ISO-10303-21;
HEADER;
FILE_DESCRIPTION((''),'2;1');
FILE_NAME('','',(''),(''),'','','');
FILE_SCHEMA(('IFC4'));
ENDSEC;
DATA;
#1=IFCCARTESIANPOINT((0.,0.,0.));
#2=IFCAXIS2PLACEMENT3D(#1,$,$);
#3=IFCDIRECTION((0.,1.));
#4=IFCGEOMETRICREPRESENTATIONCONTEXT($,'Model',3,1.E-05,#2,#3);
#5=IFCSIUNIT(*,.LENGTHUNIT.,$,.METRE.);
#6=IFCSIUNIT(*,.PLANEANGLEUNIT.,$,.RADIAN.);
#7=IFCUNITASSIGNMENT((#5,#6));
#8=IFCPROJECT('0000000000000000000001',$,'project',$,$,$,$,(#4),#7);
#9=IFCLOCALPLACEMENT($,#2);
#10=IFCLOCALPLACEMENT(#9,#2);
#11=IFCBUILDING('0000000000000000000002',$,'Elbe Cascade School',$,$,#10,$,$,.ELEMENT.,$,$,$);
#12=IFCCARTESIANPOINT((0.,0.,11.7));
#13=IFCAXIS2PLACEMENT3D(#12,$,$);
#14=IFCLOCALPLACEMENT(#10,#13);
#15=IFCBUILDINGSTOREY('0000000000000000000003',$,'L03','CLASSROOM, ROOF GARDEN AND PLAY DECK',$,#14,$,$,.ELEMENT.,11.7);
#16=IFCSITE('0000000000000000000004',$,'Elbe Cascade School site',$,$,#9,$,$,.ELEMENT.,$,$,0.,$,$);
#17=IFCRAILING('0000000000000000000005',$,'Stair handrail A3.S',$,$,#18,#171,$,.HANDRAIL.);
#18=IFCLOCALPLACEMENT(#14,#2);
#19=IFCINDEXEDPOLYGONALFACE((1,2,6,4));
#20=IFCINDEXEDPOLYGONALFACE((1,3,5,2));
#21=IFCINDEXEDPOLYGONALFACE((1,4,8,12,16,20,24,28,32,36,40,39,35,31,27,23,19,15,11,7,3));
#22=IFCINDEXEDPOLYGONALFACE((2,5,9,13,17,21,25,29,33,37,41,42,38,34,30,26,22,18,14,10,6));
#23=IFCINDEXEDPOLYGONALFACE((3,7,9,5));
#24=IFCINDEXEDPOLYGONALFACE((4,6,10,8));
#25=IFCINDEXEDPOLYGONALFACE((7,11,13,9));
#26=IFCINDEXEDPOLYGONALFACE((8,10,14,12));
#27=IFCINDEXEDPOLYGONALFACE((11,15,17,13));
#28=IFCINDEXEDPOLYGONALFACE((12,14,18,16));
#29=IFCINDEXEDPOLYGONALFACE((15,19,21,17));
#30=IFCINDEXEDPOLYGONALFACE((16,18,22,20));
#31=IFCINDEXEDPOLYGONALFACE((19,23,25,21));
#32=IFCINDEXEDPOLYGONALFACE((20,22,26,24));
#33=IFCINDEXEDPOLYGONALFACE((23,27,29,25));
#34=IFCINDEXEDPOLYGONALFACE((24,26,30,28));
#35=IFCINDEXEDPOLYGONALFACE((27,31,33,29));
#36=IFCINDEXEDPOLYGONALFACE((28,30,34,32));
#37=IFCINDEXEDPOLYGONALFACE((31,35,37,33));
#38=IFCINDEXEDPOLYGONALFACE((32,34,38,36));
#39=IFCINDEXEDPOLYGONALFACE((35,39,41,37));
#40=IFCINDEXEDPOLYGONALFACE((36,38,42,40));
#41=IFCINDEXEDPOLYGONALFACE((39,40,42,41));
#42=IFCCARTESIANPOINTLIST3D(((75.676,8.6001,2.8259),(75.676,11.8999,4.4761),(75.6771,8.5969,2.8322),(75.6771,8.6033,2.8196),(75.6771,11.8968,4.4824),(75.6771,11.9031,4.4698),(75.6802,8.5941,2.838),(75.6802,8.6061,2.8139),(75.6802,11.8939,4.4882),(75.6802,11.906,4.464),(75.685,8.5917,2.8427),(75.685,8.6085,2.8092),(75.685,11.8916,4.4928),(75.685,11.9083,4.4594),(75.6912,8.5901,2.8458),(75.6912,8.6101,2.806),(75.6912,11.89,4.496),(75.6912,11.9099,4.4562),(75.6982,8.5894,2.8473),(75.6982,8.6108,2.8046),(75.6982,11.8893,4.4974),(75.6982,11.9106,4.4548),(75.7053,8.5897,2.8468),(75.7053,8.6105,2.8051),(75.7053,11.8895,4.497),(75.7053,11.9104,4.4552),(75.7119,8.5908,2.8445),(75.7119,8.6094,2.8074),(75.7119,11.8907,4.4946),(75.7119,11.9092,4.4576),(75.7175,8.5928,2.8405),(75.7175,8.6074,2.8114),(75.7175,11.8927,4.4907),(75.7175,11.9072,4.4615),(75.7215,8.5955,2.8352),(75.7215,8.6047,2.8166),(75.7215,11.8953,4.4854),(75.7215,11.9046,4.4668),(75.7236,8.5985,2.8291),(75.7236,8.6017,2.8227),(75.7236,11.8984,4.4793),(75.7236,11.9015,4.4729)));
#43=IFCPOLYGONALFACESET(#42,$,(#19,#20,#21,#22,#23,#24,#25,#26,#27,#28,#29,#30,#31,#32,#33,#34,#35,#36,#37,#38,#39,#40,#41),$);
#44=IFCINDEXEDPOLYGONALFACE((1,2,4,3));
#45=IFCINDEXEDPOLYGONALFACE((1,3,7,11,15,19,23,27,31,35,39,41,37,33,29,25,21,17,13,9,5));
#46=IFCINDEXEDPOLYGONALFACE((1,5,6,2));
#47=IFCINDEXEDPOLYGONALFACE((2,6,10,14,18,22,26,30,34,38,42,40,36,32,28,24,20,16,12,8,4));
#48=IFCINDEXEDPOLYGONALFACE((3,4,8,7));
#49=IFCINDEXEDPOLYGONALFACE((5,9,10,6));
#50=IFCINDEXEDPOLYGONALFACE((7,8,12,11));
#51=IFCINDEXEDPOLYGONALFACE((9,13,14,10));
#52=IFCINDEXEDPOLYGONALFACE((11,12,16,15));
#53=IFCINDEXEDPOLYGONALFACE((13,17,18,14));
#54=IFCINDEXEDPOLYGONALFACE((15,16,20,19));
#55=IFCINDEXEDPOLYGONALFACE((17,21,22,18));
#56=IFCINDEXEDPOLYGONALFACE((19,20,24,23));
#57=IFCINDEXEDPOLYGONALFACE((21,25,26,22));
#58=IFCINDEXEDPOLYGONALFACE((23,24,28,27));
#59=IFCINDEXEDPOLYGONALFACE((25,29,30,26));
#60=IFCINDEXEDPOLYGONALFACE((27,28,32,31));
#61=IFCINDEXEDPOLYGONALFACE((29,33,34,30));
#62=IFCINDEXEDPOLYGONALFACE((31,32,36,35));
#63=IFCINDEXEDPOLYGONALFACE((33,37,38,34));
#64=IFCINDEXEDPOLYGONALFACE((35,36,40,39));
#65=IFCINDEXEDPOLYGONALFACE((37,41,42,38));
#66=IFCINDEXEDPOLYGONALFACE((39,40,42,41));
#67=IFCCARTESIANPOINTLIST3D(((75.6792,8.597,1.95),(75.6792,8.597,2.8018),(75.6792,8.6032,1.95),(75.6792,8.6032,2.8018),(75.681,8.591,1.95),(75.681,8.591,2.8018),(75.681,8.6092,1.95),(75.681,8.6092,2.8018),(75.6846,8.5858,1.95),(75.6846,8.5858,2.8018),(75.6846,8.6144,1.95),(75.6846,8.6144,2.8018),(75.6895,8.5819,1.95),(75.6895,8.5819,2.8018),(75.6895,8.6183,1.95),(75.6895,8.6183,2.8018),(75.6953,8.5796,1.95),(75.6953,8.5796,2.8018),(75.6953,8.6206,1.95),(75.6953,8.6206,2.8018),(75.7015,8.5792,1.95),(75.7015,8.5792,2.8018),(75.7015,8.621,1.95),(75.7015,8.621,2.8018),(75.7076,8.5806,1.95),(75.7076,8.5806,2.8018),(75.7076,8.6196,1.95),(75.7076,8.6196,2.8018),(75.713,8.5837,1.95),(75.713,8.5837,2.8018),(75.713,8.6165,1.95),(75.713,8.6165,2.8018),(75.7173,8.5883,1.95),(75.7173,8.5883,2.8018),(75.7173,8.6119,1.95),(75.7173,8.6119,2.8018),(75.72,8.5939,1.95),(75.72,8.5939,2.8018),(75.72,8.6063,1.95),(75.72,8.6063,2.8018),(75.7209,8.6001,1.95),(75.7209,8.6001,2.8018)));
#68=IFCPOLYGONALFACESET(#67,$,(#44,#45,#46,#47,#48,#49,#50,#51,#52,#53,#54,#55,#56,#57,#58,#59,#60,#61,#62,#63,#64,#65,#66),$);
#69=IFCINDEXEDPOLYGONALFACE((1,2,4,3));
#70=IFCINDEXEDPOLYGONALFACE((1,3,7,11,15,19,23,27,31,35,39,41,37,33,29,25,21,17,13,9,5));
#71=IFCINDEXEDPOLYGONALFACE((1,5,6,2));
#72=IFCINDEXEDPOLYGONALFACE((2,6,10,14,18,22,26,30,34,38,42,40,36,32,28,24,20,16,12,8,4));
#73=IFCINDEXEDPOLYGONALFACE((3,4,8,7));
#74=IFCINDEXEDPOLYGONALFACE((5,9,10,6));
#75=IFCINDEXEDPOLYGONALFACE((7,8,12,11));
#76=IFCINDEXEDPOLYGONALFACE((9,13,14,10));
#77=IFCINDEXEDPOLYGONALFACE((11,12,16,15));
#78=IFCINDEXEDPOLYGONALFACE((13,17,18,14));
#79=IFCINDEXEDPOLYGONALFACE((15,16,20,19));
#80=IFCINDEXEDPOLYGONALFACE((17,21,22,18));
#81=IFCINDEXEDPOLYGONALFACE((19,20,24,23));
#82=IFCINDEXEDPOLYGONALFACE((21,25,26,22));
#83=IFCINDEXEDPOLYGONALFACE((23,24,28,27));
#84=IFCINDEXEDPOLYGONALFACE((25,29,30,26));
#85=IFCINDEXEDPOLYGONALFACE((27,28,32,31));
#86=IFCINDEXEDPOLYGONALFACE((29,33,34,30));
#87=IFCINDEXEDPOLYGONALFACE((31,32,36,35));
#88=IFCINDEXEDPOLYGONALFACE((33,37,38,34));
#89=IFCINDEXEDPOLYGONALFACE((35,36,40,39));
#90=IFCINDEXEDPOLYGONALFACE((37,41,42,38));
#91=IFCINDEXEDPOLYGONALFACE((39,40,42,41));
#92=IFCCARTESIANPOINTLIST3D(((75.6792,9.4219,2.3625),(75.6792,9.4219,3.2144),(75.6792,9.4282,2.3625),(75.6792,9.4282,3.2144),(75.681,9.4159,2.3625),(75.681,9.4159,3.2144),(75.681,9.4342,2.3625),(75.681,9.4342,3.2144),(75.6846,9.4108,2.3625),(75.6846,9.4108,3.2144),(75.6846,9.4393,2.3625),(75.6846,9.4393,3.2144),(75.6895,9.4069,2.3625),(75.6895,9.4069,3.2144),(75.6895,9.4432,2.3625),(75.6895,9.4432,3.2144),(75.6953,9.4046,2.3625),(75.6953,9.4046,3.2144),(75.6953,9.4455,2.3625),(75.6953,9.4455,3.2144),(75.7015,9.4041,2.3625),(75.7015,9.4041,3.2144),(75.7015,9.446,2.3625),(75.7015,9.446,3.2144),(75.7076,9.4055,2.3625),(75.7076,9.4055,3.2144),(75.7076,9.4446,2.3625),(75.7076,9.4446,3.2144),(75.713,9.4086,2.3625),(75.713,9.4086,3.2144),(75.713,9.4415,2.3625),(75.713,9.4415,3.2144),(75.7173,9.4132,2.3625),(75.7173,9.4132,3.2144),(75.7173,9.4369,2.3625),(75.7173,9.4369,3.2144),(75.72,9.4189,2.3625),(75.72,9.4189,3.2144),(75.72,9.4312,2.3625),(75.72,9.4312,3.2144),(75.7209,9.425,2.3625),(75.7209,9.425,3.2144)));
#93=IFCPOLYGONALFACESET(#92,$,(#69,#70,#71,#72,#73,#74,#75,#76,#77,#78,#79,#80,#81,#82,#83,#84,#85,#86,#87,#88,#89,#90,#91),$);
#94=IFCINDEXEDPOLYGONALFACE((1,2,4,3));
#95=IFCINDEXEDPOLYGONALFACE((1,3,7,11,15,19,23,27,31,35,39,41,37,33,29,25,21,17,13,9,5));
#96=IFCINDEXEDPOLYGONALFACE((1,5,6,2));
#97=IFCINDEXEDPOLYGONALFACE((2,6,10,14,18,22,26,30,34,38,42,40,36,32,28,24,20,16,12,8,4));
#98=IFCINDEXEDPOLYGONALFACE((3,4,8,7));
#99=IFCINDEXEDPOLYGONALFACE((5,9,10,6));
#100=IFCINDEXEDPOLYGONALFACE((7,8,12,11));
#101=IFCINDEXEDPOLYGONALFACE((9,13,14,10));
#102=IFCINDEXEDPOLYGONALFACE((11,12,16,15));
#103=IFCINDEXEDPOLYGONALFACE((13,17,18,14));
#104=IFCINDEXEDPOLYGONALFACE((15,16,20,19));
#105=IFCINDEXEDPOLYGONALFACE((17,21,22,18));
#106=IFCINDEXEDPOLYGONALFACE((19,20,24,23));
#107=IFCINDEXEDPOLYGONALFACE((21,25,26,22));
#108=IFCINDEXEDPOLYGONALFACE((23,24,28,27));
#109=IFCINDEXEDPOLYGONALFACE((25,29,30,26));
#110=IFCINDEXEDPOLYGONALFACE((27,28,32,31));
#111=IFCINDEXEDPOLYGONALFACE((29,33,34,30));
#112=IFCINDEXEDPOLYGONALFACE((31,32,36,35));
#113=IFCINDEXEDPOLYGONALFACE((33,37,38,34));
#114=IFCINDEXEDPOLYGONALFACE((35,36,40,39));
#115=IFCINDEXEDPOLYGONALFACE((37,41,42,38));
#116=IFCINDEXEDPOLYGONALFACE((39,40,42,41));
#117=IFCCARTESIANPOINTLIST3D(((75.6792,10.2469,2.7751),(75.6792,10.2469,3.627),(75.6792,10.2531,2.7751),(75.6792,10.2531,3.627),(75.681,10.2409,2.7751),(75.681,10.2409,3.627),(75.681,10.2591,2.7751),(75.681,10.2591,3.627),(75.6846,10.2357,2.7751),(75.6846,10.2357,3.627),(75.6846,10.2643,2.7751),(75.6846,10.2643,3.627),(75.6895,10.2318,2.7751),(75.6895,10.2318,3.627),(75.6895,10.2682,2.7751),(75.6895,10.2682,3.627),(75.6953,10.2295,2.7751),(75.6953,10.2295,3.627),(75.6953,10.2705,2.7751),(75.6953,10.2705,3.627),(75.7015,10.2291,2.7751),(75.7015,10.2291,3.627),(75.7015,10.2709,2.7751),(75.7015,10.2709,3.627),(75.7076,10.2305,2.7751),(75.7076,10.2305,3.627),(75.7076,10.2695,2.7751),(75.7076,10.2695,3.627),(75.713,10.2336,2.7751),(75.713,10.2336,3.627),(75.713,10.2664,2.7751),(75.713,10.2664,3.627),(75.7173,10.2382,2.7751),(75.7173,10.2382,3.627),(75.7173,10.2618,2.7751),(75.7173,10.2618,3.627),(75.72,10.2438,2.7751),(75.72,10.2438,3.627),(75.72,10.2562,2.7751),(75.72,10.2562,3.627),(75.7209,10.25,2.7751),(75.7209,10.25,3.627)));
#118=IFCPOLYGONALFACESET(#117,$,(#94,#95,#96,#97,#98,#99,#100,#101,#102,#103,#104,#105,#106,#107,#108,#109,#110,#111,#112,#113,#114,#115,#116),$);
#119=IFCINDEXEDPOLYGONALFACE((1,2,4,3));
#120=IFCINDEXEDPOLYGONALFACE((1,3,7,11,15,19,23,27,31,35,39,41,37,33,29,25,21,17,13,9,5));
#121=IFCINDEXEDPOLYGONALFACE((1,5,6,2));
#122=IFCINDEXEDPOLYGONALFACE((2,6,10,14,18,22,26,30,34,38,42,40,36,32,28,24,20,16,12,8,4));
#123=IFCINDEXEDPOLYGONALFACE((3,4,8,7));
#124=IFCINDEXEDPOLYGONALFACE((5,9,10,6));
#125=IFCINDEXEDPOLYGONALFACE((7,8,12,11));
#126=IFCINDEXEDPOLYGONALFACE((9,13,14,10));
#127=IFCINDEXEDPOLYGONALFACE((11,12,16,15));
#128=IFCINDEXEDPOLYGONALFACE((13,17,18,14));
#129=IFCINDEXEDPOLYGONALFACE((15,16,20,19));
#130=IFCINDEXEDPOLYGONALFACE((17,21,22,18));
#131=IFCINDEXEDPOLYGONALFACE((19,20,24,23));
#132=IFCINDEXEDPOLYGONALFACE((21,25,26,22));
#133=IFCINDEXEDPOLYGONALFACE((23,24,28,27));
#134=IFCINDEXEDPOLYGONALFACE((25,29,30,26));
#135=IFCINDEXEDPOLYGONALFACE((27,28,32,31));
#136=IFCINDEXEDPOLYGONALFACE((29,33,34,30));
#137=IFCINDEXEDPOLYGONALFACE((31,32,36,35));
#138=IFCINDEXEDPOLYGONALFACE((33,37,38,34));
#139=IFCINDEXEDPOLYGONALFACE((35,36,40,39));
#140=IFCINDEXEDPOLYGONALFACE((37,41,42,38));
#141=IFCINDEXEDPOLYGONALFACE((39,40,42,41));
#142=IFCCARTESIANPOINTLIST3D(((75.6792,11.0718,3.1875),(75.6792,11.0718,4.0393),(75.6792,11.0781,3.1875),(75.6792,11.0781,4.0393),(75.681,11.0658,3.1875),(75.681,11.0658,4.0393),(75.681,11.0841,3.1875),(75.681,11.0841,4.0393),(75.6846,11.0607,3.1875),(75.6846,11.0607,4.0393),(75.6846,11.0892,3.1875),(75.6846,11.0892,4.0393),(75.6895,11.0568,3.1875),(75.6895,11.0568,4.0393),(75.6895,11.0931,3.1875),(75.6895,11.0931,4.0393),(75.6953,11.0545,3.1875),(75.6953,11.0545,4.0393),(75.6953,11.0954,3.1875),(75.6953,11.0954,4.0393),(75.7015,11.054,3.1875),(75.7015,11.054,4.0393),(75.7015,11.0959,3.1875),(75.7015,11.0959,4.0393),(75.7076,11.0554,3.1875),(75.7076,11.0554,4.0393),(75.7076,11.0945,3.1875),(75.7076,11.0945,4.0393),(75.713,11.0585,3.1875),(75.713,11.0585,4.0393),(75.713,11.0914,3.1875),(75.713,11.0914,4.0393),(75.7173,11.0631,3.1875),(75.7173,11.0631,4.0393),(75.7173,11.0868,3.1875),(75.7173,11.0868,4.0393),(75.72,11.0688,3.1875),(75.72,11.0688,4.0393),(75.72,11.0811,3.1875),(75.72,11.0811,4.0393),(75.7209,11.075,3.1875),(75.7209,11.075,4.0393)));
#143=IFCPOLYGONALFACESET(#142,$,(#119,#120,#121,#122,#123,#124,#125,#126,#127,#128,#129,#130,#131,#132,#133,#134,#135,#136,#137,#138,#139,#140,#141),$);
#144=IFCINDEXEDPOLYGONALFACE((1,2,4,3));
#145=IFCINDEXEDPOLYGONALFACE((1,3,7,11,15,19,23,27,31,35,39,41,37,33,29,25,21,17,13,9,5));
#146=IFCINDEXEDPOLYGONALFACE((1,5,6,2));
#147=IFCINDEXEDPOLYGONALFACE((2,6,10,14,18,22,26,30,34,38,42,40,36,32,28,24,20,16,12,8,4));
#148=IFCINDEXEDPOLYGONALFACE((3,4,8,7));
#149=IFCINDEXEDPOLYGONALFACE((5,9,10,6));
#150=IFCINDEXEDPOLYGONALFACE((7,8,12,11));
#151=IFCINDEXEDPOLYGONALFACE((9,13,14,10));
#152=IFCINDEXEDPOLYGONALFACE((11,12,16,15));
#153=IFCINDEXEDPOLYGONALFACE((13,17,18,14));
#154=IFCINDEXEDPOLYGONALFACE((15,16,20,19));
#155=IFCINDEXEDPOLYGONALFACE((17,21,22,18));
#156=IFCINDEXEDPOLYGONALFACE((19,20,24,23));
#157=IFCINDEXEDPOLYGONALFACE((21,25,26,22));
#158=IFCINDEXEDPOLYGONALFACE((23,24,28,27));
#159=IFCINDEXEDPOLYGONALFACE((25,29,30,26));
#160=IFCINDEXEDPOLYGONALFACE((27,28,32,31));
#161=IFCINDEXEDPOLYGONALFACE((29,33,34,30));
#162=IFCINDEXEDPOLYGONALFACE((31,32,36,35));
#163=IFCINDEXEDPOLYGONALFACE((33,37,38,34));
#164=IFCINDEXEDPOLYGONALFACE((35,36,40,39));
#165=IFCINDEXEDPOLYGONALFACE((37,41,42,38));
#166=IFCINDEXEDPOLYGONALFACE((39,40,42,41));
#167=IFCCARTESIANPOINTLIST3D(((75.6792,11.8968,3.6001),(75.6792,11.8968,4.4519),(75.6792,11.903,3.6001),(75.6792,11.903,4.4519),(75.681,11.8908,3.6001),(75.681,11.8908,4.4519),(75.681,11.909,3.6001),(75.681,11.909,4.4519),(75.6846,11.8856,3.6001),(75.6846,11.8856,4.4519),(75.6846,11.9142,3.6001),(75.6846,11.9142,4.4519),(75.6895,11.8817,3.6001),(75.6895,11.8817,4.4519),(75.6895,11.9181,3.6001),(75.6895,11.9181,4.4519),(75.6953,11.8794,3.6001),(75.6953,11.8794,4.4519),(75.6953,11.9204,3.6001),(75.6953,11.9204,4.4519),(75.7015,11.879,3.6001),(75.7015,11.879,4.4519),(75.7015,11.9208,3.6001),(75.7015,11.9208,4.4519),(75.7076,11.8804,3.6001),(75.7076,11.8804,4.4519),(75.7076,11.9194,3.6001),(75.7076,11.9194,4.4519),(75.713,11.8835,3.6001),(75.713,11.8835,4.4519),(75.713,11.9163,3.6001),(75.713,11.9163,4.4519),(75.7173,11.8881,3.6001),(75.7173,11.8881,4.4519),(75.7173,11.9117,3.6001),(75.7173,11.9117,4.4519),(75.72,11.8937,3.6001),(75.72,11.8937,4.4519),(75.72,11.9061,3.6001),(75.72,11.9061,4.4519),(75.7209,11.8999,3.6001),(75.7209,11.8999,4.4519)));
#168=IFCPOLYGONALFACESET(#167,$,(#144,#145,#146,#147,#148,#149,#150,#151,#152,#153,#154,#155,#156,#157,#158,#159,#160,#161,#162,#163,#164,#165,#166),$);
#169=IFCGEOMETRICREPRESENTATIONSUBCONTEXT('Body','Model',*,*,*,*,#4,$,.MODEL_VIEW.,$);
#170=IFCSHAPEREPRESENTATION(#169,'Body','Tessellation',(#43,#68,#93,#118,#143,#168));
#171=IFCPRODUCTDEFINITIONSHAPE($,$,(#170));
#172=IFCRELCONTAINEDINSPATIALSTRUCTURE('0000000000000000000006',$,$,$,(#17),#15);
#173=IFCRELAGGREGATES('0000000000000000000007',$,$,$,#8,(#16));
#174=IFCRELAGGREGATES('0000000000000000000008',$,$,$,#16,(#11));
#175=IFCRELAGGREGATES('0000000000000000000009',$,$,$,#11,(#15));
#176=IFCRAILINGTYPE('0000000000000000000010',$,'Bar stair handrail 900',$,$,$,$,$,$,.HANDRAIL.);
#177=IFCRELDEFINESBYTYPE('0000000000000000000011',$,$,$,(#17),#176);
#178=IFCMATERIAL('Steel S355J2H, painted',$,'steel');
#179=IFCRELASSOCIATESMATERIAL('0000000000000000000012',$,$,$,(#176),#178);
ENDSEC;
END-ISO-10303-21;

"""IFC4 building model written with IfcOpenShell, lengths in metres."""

from ifc_helpers import new_model, si_unit, direction, frame, origin, origin_2d, place, context, subcontext, project, spatial, circle, extrude, material, type_object, element, save


model = new_model("IFC4")

# Units and contexts
model_context = context("Model", 3, precision=1e-05, world=origin(), true_north=direction((0.0, 1.0)))
body_context = subcontext(model_context, "Body", "Model", "MODEL_VIEW")
ifc_project = project(units=[si_unit("LENGTHUNIT", "METRE"), si_unit("PLANEANGLEUNIT", "RADIAN")], contexts=[model_context])

# Site, building, storey
site_placement = place(None, origin())
site = spatial("IfcSite", under=ifc_project, at=site_placement, Name="Elbe Cascade School site", CompositionType="ELEMENT", RefElevation=0.0)
building_placement = place(site_placement, origin())
building = spatial("IfcBuilding", under=site, at=building_placement, Name="Elbe Cascade School", CompositionType="ELEMENT")
storey_placement = place(building_placement, frame((0.0, 0.0, 11.7)))
storey = spatial("IfcBuildingStorey", under=building, at=storey_placement, Name="L03", Description="CLASSROOM, ROOF GARDEN AND PLAY DECK", CompositionType="ELEMENT", Elevation=11.7)

# Railing
ifc_material_1 = material(Name="Steel S355J2H, painted", Category="steel")
railing_type_1 = type_object("IfcRailingType", Name="Bar stair handrail 900", PredefinedType="HANDRAIL", material=ifc_material_1)
railing_1_placement = place(storey_placement, frame((75.7, 8.6001, 1.95)))
element("IfcRailing", 1, at=railing_1_placement, inside=storey, type_object=railing_type_1, Name="Stair handrail A3.S", PredefinedType="HANDRAIL", context=body_context, shape_type="SweptSolid", body=[
    extrude(circle(Radius=0.0239, at=origin_2d()), frame((0.0, 0.0, 0.876), z_axis=(0.0, 0.894401, 0.447267), x_axis=(-1.0, 0.0, 0.0)), (0.0, 0.0, 1.0), 3.6895),
    extrude(circle(Radius=0.021, at=origin_2d()), origin(), (0.0, 0.0, 1.0), 0.8518),
    extrude(circle(Radius=0.021, at=origin_2d()), frame((0.0, 0.825, 0.4126)), (0.0, 0.0, 1.0), 0.8518),
    extrude(circle(Radius=0.021, at=origin_2d()), frame((0.0, 1.6499, 0.8252)), (0.0, 0.0, 1.0), 0.8518),
    extrude(circle(Radius=0.021, at=origin_2d()), frame((0.0, 2.4749, 1.2375)), (0.0, 0.0, 1.0), 0.8518),
    extrude(circle(Radius=0.021, at=origin_2d()), frame((0.0, 3.2998, 1.6501)), (0.0, 0.0, 1.0), 0.8518),
])

save(model, "model.ifc")
